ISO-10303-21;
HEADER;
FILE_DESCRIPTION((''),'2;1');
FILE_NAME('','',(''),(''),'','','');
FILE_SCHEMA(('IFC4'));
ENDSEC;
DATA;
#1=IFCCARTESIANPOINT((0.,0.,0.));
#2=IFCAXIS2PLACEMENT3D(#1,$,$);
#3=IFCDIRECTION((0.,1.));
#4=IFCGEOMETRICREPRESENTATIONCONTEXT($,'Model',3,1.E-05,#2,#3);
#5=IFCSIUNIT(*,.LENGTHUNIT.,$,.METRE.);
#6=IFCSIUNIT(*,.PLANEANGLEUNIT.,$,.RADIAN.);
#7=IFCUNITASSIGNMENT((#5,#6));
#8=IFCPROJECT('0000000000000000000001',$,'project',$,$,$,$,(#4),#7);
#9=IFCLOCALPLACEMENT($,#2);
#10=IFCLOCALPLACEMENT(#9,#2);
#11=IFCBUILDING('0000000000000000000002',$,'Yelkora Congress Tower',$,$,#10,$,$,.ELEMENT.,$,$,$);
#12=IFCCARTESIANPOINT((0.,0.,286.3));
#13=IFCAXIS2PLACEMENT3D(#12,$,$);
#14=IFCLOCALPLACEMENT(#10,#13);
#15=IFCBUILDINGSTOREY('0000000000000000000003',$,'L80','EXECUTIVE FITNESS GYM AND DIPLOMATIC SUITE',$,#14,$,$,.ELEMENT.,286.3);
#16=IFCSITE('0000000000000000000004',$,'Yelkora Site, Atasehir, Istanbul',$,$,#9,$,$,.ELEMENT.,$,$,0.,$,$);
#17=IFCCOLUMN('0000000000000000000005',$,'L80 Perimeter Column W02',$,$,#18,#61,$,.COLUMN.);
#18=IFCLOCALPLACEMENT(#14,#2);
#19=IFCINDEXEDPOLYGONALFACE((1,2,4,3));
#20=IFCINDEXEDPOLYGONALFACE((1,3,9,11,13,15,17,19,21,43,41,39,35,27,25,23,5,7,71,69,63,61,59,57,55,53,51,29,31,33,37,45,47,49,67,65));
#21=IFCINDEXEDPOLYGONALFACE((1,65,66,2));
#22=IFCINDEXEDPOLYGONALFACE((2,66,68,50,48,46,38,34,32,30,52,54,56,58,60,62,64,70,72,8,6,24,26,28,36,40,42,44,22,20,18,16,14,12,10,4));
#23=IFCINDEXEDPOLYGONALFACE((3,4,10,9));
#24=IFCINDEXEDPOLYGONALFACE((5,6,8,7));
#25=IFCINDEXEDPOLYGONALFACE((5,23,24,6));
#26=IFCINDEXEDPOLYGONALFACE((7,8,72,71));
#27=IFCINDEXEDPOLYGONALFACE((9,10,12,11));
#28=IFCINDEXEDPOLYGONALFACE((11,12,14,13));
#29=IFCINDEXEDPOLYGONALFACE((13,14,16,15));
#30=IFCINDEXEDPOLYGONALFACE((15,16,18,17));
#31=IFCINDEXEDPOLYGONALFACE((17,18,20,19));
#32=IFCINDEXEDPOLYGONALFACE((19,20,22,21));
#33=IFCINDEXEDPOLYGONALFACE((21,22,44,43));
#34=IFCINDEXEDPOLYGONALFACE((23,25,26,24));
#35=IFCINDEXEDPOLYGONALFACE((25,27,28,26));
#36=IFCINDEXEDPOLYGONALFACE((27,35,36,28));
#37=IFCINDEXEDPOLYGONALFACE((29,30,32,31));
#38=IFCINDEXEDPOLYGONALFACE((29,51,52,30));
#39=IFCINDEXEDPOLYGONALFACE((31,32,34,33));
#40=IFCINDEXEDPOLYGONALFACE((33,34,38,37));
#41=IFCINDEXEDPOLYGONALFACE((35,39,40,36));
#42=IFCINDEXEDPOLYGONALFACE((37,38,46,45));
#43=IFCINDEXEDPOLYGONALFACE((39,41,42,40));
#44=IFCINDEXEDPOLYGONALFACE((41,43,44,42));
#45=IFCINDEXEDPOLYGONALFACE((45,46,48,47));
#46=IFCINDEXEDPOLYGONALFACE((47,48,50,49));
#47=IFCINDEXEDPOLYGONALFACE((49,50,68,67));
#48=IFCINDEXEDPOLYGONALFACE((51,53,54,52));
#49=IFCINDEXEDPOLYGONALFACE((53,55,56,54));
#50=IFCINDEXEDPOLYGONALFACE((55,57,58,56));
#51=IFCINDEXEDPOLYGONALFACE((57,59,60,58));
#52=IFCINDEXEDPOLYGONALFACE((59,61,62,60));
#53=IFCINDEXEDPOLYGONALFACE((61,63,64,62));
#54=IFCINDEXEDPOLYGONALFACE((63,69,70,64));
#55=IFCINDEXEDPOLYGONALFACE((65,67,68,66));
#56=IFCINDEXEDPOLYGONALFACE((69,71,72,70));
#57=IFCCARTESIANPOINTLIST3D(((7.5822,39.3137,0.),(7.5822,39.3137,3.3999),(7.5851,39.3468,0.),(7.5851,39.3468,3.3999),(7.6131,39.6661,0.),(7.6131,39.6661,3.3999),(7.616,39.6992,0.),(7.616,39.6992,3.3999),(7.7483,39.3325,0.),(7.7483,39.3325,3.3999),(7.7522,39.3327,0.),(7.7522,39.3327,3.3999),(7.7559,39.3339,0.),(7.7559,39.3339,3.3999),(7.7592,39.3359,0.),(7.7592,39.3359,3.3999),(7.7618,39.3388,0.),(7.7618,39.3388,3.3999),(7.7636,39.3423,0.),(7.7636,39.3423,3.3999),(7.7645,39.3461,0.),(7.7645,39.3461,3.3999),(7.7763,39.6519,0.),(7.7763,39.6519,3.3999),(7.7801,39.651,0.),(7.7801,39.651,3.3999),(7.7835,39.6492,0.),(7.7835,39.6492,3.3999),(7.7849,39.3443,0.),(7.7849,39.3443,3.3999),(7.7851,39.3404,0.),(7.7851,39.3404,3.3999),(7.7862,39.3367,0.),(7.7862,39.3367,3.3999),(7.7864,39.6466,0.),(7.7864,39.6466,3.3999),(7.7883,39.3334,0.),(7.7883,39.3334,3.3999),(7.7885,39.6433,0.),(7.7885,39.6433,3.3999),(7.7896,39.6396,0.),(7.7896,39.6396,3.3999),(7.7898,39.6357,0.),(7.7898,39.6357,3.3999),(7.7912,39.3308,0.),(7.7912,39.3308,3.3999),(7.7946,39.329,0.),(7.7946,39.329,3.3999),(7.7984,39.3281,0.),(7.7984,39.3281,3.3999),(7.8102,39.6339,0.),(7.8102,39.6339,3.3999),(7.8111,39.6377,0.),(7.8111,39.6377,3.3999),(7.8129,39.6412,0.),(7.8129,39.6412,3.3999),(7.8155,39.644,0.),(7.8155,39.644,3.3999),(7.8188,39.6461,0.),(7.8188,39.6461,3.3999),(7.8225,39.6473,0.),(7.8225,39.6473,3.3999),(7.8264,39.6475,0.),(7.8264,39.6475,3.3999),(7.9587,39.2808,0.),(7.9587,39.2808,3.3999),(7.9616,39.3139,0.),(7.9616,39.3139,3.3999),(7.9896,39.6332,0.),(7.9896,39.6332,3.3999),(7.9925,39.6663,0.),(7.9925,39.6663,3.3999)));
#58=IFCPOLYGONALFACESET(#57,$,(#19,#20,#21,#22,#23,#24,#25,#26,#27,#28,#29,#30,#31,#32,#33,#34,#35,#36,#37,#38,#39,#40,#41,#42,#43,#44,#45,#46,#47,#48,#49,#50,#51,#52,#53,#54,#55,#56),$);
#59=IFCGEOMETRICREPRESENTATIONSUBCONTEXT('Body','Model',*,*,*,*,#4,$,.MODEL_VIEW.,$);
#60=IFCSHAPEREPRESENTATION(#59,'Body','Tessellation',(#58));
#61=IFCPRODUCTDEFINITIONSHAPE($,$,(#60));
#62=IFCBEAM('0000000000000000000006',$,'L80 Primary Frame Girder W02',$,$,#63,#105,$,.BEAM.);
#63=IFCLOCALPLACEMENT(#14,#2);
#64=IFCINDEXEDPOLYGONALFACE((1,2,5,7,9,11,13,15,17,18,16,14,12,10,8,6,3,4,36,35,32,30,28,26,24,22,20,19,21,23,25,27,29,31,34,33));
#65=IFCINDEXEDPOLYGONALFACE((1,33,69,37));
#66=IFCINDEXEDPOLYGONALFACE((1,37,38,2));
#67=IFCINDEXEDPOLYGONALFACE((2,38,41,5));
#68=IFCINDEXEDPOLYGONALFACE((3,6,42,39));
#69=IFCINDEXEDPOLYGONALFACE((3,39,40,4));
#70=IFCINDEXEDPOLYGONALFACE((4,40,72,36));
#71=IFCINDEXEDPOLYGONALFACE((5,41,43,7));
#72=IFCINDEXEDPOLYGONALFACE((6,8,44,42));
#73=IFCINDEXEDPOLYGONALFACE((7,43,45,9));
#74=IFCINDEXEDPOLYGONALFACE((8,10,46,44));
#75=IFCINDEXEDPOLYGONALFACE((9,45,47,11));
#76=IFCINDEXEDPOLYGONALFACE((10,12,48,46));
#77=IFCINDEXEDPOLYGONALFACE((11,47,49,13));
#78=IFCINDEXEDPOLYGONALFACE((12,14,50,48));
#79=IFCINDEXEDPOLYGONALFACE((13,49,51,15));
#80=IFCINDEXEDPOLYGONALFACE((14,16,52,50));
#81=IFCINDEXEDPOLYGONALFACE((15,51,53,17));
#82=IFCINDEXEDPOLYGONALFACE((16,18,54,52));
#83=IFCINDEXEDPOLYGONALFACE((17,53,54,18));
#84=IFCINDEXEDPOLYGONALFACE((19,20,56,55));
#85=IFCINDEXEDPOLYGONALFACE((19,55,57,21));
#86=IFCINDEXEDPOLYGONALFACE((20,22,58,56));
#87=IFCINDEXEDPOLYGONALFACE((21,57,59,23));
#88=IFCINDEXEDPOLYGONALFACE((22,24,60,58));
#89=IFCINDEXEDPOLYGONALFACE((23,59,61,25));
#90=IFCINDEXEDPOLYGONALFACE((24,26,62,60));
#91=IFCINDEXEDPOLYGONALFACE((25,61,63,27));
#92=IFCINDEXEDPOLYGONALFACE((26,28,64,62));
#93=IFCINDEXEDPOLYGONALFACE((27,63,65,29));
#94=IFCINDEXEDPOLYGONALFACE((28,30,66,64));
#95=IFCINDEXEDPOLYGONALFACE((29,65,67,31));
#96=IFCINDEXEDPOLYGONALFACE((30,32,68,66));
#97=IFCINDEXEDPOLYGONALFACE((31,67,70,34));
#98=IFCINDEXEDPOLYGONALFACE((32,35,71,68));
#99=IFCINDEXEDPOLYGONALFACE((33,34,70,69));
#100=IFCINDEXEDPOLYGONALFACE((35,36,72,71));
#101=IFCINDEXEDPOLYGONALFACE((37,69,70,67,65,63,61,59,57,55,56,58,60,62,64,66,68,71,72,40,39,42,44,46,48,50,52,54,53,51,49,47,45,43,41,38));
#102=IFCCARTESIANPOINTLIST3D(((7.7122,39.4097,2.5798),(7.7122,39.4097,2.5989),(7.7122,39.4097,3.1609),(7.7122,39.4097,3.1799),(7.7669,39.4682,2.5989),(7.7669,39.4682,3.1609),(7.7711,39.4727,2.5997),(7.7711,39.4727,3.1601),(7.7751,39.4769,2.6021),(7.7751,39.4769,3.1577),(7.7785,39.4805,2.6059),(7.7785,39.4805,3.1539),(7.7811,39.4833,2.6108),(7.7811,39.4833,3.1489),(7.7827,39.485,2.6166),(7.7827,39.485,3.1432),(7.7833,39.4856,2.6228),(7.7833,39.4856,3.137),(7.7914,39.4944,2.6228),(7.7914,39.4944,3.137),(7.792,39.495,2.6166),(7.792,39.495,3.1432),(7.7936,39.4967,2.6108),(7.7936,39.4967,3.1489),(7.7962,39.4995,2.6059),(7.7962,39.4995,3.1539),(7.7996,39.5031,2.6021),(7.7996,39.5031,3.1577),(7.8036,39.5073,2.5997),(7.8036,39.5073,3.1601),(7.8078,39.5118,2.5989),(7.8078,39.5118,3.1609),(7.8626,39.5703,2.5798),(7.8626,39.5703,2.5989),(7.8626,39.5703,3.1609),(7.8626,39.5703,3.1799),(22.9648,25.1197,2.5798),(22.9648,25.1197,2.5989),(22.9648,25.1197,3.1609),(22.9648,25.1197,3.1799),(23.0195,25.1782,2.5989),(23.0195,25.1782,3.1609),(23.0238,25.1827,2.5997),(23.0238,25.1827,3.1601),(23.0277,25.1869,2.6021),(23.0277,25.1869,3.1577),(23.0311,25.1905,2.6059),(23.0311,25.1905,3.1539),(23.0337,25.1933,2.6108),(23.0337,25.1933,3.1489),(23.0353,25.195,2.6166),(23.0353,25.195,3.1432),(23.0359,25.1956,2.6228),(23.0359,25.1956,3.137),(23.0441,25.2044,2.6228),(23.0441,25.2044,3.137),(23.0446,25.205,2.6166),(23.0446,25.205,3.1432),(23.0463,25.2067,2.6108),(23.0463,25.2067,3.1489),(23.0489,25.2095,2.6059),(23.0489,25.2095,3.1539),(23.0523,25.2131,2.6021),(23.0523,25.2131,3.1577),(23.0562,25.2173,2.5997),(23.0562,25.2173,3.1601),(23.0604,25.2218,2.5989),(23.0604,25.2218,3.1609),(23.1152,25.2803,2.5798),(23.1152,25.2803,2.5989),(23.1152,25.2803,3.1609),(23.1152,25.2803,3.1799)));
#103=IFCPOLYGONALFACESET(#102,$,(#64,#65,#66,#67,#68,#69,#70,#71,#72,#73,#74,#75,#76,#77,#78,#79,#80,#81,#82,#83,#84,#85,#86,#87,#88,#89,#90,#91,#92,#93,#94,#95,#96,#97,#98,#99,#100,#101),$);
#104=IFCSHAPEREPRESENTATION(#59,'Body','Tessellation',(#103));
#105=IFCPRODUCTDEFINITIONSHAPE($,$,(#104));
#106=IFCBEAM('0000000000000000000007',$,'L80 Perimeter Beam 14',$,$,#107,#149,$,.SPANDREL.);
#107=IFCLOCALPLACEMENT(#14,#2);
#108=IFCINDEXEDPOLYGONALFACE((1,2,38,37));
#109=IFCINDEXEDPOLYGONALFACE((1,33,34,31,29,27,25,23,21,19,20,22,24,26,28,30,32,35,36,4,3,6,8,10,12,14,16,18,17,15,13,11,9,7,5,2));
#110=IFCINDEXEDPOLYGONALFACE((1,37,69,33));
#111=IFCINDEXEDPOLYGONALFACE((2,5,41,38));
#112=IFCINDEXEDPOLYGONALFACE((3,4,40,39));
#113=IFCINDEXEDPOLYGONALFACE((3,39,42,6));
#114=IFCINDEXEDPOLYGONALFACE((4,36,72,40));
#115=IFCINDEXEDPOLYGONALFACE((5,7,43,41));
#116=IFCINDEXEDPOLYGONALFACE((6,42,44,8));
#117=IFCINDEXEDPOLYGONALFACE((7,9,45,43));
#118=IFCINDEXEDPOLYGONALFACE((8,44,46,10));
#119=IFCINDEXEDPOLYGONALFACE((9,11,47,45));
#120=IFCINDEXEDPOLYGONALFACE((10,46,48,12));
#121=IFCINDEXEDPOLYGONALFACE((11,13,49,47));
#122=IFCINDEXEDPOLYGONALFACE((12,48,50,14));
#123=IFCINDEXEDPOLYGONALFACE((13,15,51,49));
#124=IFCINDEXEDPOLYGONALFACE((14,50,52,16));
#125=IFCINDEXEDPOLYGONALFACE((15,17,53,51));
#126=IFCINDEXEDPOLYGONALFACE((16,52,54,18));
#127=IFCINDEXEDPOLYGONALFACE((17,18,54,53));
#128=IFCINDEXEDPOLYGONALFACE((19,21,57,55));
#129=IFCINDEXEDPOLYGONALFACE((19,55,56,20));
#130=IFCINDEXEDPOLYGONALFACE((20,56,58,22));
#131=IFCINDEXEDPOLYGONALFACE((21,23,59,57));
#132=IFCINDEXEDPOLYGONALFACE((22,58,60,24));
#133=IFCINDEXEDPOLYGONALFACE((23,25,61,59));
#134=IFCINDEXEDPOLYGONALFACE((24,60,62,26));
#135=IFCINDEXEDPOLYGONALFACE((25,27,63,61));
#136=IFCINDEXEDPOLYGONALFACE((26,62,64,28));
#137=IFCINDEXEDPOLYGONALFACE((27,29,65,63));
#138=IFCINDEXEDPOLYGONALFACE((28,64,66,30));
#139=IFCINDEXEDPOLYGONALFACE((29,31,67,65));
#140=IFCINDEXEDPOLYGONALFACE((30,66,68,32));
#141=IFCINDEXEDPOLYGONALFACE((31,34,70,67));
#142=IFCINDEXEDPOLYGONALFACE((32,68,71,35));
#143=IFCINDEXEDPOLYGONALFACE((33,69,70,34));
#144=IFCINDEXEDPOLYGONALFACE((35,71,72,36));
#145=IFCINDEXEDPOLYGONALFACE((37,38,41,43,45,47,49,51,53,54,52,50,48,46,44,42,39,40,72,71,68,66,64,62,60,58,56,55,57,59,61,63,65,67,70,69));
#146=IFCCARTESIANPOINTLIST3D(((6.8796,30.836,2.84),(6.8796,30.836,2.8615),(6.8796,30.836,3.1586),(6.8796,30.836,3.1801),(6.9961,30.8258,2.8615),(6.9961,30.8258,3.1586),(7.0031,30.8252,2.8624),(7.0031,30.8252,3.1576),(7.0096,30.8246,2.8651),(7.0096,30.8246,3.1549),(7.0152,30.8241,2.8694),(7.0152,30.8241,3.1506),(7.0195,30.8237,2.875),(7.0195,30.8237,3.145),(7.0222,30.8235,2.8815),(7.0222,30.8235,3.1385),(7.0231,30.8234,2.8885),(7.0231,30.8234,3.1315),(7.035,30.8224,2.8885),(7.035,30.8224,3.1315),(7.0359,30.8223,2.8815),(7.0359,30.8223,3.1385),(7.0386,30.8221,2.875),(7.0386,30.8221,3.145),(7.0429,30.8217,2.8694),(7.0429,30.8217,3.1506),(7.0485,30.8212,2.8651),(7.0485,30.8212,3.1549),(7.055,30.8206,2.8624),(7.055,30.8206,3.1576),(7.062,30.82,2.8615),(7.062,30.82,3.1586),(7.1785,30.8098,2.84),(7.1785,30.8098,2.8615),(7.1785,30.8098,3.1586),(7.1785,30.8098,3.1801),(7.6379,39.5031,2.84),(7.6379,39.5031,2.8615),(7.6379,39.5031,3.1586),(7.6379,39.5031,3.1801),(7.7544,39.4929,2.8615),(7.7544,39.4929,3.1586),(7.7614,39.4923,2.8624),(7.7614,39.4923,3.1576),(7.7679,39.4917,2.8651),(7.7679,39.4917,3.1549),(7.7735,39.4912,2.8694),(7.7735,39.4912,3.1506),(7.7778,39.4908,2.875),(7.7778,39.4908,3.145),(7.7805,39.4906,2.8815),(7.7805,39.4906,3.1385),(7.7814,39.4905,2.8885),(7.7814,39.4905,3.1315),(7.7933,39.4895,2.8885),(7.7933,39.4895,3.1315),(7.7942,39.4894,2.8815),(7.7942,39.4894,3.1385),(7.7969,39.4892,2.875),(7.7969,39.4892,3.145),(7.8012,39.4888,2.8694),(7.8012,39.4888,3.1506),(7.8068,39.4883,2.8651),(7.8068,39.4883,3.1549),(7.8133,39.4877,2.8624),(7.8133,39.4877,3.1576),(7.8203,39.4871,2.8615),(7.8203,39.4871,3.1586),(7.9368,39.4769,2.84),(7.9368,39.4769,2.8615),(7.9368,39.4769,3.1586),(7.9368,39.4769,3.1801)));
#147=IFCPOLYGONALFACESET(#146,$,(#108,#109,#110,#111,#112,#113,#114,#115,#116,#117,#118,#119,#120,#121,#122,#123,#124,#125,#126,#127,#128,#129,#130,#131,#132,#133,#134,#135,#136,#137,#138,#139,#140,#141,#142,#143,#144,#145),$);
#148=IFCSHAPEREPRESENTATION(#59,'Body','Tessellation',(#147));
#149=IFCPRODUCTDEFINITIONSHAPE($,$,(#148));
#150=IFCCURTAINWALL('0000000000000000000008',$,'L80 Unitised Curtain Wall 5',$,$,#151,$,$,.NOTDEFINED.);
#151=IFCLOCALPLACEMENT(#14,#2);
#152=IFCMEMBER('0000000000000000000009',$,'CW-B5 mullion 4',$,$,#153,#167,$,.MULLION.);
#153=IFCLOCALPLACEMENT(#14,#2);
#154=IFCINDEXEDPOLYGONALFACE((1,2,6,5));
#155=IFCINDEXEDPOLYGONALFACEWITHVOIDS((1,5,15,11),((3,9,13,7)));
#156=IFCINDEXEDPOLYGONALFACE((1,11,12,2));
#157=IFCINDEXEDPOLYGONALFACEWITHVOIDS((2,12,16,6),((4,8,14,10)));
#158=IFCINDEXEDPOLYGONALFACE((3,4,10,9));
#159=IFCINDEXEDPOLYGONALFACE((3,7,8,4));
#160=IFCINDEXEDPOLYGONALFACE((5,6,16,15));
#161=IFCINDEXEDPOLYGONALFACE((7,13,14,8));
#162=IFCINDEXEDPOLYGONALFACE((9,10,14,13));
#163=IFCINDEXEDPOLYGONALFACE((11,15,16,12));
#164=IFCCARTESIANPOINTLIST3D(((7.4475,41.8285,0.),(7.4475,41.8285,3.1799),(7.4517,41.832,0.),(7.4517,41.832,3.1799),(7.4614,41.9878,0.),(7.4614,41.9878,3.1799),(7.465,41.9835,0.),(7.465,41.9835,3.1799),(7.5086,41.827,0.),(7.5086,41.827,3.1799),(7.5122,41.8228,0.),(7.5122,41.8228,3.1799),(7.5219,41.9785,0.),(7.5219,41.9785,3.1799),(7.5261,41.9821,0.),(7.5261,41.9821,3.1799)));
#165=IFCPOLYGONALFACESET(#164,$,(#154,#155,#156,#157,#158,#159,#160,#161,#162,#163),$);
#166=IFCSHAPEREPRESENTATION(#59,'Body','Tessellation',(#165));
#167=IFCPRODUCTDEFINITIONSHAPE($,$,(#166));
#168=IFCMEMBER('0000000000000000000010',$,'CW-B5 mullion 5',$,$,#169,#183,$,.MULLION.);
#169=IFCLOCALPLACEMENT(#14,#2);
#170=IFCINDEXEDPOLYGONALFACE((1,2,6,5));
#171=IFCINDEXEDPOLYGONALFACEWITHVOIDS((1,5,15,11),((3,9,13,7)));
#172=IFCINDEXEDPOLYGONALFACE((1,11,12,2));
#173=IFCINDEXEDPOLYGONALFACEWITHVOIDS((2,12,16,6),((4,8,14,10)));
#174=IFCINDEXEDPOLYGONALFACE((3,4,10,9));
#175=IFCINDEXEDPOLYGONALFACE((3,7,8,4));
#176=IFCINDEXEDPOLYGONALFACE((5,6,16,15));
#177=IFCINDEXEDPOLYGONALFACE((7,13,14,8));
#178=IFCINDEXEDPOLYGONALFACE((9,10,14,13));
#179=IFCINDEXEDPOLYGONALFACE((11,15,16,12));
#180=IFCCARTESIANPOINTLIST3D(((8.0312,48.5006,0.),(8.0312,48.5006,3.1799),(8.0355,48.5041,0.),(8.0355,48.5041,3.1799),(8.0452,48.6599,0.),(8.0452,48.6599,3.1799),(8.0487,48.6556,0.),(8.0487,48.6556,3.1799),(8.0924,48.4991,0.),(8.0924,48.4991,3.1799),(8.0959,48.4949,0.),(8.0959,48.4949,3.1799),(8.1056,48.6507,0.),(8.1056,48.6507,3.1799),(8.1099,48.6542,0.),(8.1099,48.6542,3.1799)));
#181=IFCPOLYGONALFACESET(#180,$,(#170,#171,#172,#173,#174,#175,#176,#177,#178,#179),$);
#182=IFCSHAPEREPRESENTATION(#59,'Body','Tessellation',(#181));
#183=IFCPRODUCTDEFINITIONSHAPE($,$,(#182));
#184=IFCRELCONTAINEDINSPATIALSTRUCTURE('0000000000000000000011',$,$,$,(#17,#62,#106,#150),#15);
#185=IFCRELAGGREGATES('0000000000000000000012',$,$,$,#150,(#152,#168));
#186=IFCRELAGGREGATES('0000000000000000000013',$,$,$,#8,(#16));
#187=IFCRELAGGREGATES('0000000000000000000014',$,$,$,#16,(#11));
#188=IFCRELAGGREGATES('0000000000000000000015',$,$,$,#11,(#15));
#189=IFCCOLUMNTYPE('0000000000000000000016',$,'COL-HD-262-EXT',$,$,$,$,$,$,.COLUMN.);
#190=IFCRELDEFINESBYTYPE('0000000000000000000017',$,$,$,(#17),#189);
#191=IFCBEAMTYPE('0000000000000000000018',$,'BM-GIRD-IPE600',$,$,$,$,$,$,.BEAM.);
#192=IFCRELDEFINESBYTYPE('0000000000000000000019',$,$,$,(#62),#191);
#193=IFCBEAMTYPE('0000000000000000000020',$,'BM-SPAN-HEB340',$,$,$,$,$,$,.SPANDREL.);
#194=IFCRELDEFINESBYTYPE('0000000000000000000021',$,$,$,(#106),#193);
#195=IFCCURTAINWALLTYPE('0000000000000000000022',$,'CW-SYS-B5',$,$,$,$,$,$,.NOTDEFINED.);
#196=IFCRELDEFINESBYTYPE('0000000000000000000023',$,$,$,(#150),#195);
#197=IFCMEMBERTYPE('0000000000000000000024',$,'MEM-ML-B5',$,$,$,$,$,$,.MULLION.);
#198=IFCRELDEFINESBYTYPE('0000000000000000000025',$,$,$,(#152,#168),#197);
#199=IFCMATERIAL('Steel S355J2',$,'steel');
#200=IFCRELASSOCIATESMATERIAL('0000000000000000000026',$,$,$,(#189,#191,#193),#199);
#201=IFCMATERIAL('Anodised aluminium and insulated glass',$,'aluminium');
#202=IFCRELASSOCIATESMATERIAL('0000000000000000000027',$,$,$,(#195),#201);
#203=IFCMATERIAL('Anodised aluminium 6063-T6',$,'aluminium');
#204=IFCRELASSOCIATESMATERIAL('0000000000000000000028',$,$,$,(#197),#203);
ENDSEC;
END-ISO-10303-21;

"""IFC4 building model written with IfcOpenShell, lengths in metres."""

from ifc_helpers import new_model, si_unit, direction, frame, origin, origin_2d, place, context, subcontext, project, spatial, hollow_rectangle, i_section, extrude, material, material_profile, profile_set, type_object, element, aggregate, save


model = new_model("IFC4")

# Units and contexts
model_context = context("Model", 3, precision=1e-05, world=origin(), true_north=direction((0.0, 1.0)))
body_context = subcontext(model_context, "Body", "Model", "MODEL_VIEW")
ifc_project = project(units=[si_unit("LENGTHUNIT", "METRE"), si_unit("PLANEANGLEUNIT", "RADIAN")], contexts=[model_context])

# Site, building, storey
site_placement = place(None, origin())
site = spatial("IfcSite", under=ifc_project, at=site_placement, Name="Yelkora Site, Atasehir, Istanbul", CompositionType="ELEMENT", RefElevation=0.0)
building_placement = place(site_placement, origin())
building = spatial("IfcBuilding", under=site, at=building_placement, Name="Yelkora Congress Tower", CompositionType="ELEMENT")
storey_placement = place(building_placement, frame((0.0, 0.0, 286.3)))
storey = spatial("IfcBuildingStorey", under=building, at=storey_placement, Name="L80", Description="EXECUTIVE FITNESS GYM AND DIPLOMATIC SUITE", CompositionType="ELEMENT", Elevation=286.3)

# Column
ifc_material_1 = material(Name="Steel S355J2", Category="steel")
ifc_material_profile_1 = material_profile(ifc_material_1, i_section(OverallWidth=0.3779, OverallDepth=0.387, WebThickness=0.0205, FlangeThickness=0.0332, FilletRadius=0.0149, at=origin_2d()), Name="HD 360x262")
ifc_profile_set_1 = profile_set([ifc_material_profile_1], Name="Steel S355J2")
column_type = type_object("IfcColumnType", Name="COL-HD-262-EXT", PredefinedType="COLUMN", material=ifc_profile_set_1)
column_placement = place(storey_placement, frame((7.7874, 39.49, 0.0), z_axis=(0.0, 0.0, 1.0), x_axis=(0.996195, -0.087156, 0.0)))
element("IfcColumn", 1, at=column_placement, inside=storey, type_object=column_type, Name="L80 Perimeter Column W02", PredefinedType="COLUMN", context=body_context, shape_type="SweptSolid", body=[
    extrude(i_section(OverallWidth=0.3779, OverallDepth=0.387, WebThickness=0.0205, FlangeThickness=0.0332, FilletRadius=0.0149, at=origin_2d()), origin(), (0.0, 0.0, 1.0), 3.3999),
])

# Beams
ifc_material_profile_2 = material_profile(ifc_material_1, i_section(OverallWidth=0.22, OverallDepth=0.6001, WebThickness=0.012, FlangeThickness=0.019, FilletRadius=0.0239, at=origin_2d()), Name="IPE 600")
ifc_profile_set_2 = profile_set([ifc_material_profile_2], Name="Steel S355J2")
beam_type_1 = type_object("IfcBeamType", Name="BM-GIRD-IPE600", PredefinedType="BEAM", material=ifc_profile_set_2)
beam_1_placement = place(storey_placement, frame((7.7874, 39.49, 2.8799), z_axis=(0.72976, -0.683703, 0.0), x_axis=(0.683703, 0.72976, 0.0)))
element("IfcBeam", 2, at=beam_1_placement, inside=storey, type_object=beam_type_1, Name="L80 Primary Frame Girder W02", PredefinedType="BEAM", context=body_context, shape_type="SweptSolid", body=[
    extrude(i_section(OverallWidth=0.22, OverallDepth=0.6001, WebThickness=0.012, FlangeThickness=0.019, FilletRadius=0.0239, at=origin_2d()), origin(), (0.0, 0.0, 1.0), 20.9009),
])
ifc_material_profile_3 = material_profile(ifc_material_1, i_section(OverallWidth=0.3, OverallDepth=0.3401, WebThickness=0.012, FlangeThickness=0.0215, FilletRadius=0.0271, at=origin_2d()), Name="HEB 340")
ifc_profile_set_3 = profile_set([ifc_material_profile_3], Name="Steel S355J2")
beam_type_2 = type_object("IfcBeamType", Name="BM-SPAN-HEB340", PredefinedType="SPANDREL", material=ifc_profile_set_3)
beam_2_placement = place(storey_placement, frame((7.7874, 39.49, 3.01), z_axis=(-0.08716, -0.996194, 0.0), x_axis=(0.996194, -0.08716, 0.0)))
element("IfcBeam", 3, at=beam_2_placement, inside=storey, type_object=beam_type_2, Name="L80 Perimeter Beam 14", PredefinedType="SPANDREL", context=body_context, shape_type="SweptSolid", body=[
    extrude(i_section(OverallWidth=0.3, OverallDepth=0.3401, WebThickness=0.012, FlangeThickness=0.0215, FilletRadius=0.0271, at=origin_2d()), origin(), (0.0, 0.0, 1.0), 8.7002),
])

# Curtain wall, members
ifc_material_2 = material(Name="Anodised aluminium and insulated glass", Category="aluminium")
curtain_wall_type = type_object("IfcCurtainWallType", Name="CW-SYS-B5", PredefinedType="NOTDEFINED", material=ifc_material_2)
curtain_wall_1_placement = place(storey_placement, origin())
curtain_wall_1 = element("IfcCurtainWall", 4, at=curtain_wall_1_placement, inside=storey, type_object=curtain_wall_type, Name="L80 Unitised Curtain Wall 5", PredefinedType="NOTDEFINED")
ifc_material_3 = material(Name="Anodised aluminium 6063-T6", Category="aluminium")
ifc_material_profile_4 = material_profile(ifc_material_3, hollow_rectangle(XDim=0.0649, YDim=0.1599, WallThickness=0.0039, at=origin_2d()), Name="ALU 65x160x4")
ifc_profile_set_4 = profile_set([ifc_material_profile_4], Name="Anodised aluminium 6063-T6")
member_type_1 = type_object("IfcMemberType", Name="MEM-ML-B5", PredefinedType="MULLION", material=ifc_profile_set_4)
member_1_placement = place(storey_placement, frame((7.4868, 41.9053, 0.0), z_axis=(0.0, 0.0, 1.0), x_axis=(-0.996195, 0.087155, 0.0)))
member_1 = element("IfcMember", 5, at=member_1_placement, type_object=member_type_1, Name="CW-B5 mullion 4", PredefinedType="MULLION", context=body_context, shape_type="SweptSolid", body=[
    extrude(hollow_rectangle(XDim=0.0649, YDim=0.1599, WallThickness=0.0039, at=origin_2d()), origin(), (0.0, 0.0, 1.0), 3.1799),
])
member_2_placement = place(storey_placement, frame((8.0706, 48.5774, 0.0), z_axis=(0.0, 0.0, 1.0), x_axis=(-0.996195, 0.087155, 0.0)))
member_2 = element("IfcMember", 6, at=member_2_placement, type_object=member_type_1, Name="CW-B5 mullion 5", PredefinedType="MULLION", context=body_context, shape_type="SweptSolid", body=[
    extrude(hollow_rectangle(XDim=0.0649, YDim=0.1599, WallThickness=0.0039, at=origin_2d()), origin(), (0.0, 0.0, 1.0), 3.1799),
])

aggregate(curtain_wall_1, [member_1, member_2])

save(model, "model.ifc")
